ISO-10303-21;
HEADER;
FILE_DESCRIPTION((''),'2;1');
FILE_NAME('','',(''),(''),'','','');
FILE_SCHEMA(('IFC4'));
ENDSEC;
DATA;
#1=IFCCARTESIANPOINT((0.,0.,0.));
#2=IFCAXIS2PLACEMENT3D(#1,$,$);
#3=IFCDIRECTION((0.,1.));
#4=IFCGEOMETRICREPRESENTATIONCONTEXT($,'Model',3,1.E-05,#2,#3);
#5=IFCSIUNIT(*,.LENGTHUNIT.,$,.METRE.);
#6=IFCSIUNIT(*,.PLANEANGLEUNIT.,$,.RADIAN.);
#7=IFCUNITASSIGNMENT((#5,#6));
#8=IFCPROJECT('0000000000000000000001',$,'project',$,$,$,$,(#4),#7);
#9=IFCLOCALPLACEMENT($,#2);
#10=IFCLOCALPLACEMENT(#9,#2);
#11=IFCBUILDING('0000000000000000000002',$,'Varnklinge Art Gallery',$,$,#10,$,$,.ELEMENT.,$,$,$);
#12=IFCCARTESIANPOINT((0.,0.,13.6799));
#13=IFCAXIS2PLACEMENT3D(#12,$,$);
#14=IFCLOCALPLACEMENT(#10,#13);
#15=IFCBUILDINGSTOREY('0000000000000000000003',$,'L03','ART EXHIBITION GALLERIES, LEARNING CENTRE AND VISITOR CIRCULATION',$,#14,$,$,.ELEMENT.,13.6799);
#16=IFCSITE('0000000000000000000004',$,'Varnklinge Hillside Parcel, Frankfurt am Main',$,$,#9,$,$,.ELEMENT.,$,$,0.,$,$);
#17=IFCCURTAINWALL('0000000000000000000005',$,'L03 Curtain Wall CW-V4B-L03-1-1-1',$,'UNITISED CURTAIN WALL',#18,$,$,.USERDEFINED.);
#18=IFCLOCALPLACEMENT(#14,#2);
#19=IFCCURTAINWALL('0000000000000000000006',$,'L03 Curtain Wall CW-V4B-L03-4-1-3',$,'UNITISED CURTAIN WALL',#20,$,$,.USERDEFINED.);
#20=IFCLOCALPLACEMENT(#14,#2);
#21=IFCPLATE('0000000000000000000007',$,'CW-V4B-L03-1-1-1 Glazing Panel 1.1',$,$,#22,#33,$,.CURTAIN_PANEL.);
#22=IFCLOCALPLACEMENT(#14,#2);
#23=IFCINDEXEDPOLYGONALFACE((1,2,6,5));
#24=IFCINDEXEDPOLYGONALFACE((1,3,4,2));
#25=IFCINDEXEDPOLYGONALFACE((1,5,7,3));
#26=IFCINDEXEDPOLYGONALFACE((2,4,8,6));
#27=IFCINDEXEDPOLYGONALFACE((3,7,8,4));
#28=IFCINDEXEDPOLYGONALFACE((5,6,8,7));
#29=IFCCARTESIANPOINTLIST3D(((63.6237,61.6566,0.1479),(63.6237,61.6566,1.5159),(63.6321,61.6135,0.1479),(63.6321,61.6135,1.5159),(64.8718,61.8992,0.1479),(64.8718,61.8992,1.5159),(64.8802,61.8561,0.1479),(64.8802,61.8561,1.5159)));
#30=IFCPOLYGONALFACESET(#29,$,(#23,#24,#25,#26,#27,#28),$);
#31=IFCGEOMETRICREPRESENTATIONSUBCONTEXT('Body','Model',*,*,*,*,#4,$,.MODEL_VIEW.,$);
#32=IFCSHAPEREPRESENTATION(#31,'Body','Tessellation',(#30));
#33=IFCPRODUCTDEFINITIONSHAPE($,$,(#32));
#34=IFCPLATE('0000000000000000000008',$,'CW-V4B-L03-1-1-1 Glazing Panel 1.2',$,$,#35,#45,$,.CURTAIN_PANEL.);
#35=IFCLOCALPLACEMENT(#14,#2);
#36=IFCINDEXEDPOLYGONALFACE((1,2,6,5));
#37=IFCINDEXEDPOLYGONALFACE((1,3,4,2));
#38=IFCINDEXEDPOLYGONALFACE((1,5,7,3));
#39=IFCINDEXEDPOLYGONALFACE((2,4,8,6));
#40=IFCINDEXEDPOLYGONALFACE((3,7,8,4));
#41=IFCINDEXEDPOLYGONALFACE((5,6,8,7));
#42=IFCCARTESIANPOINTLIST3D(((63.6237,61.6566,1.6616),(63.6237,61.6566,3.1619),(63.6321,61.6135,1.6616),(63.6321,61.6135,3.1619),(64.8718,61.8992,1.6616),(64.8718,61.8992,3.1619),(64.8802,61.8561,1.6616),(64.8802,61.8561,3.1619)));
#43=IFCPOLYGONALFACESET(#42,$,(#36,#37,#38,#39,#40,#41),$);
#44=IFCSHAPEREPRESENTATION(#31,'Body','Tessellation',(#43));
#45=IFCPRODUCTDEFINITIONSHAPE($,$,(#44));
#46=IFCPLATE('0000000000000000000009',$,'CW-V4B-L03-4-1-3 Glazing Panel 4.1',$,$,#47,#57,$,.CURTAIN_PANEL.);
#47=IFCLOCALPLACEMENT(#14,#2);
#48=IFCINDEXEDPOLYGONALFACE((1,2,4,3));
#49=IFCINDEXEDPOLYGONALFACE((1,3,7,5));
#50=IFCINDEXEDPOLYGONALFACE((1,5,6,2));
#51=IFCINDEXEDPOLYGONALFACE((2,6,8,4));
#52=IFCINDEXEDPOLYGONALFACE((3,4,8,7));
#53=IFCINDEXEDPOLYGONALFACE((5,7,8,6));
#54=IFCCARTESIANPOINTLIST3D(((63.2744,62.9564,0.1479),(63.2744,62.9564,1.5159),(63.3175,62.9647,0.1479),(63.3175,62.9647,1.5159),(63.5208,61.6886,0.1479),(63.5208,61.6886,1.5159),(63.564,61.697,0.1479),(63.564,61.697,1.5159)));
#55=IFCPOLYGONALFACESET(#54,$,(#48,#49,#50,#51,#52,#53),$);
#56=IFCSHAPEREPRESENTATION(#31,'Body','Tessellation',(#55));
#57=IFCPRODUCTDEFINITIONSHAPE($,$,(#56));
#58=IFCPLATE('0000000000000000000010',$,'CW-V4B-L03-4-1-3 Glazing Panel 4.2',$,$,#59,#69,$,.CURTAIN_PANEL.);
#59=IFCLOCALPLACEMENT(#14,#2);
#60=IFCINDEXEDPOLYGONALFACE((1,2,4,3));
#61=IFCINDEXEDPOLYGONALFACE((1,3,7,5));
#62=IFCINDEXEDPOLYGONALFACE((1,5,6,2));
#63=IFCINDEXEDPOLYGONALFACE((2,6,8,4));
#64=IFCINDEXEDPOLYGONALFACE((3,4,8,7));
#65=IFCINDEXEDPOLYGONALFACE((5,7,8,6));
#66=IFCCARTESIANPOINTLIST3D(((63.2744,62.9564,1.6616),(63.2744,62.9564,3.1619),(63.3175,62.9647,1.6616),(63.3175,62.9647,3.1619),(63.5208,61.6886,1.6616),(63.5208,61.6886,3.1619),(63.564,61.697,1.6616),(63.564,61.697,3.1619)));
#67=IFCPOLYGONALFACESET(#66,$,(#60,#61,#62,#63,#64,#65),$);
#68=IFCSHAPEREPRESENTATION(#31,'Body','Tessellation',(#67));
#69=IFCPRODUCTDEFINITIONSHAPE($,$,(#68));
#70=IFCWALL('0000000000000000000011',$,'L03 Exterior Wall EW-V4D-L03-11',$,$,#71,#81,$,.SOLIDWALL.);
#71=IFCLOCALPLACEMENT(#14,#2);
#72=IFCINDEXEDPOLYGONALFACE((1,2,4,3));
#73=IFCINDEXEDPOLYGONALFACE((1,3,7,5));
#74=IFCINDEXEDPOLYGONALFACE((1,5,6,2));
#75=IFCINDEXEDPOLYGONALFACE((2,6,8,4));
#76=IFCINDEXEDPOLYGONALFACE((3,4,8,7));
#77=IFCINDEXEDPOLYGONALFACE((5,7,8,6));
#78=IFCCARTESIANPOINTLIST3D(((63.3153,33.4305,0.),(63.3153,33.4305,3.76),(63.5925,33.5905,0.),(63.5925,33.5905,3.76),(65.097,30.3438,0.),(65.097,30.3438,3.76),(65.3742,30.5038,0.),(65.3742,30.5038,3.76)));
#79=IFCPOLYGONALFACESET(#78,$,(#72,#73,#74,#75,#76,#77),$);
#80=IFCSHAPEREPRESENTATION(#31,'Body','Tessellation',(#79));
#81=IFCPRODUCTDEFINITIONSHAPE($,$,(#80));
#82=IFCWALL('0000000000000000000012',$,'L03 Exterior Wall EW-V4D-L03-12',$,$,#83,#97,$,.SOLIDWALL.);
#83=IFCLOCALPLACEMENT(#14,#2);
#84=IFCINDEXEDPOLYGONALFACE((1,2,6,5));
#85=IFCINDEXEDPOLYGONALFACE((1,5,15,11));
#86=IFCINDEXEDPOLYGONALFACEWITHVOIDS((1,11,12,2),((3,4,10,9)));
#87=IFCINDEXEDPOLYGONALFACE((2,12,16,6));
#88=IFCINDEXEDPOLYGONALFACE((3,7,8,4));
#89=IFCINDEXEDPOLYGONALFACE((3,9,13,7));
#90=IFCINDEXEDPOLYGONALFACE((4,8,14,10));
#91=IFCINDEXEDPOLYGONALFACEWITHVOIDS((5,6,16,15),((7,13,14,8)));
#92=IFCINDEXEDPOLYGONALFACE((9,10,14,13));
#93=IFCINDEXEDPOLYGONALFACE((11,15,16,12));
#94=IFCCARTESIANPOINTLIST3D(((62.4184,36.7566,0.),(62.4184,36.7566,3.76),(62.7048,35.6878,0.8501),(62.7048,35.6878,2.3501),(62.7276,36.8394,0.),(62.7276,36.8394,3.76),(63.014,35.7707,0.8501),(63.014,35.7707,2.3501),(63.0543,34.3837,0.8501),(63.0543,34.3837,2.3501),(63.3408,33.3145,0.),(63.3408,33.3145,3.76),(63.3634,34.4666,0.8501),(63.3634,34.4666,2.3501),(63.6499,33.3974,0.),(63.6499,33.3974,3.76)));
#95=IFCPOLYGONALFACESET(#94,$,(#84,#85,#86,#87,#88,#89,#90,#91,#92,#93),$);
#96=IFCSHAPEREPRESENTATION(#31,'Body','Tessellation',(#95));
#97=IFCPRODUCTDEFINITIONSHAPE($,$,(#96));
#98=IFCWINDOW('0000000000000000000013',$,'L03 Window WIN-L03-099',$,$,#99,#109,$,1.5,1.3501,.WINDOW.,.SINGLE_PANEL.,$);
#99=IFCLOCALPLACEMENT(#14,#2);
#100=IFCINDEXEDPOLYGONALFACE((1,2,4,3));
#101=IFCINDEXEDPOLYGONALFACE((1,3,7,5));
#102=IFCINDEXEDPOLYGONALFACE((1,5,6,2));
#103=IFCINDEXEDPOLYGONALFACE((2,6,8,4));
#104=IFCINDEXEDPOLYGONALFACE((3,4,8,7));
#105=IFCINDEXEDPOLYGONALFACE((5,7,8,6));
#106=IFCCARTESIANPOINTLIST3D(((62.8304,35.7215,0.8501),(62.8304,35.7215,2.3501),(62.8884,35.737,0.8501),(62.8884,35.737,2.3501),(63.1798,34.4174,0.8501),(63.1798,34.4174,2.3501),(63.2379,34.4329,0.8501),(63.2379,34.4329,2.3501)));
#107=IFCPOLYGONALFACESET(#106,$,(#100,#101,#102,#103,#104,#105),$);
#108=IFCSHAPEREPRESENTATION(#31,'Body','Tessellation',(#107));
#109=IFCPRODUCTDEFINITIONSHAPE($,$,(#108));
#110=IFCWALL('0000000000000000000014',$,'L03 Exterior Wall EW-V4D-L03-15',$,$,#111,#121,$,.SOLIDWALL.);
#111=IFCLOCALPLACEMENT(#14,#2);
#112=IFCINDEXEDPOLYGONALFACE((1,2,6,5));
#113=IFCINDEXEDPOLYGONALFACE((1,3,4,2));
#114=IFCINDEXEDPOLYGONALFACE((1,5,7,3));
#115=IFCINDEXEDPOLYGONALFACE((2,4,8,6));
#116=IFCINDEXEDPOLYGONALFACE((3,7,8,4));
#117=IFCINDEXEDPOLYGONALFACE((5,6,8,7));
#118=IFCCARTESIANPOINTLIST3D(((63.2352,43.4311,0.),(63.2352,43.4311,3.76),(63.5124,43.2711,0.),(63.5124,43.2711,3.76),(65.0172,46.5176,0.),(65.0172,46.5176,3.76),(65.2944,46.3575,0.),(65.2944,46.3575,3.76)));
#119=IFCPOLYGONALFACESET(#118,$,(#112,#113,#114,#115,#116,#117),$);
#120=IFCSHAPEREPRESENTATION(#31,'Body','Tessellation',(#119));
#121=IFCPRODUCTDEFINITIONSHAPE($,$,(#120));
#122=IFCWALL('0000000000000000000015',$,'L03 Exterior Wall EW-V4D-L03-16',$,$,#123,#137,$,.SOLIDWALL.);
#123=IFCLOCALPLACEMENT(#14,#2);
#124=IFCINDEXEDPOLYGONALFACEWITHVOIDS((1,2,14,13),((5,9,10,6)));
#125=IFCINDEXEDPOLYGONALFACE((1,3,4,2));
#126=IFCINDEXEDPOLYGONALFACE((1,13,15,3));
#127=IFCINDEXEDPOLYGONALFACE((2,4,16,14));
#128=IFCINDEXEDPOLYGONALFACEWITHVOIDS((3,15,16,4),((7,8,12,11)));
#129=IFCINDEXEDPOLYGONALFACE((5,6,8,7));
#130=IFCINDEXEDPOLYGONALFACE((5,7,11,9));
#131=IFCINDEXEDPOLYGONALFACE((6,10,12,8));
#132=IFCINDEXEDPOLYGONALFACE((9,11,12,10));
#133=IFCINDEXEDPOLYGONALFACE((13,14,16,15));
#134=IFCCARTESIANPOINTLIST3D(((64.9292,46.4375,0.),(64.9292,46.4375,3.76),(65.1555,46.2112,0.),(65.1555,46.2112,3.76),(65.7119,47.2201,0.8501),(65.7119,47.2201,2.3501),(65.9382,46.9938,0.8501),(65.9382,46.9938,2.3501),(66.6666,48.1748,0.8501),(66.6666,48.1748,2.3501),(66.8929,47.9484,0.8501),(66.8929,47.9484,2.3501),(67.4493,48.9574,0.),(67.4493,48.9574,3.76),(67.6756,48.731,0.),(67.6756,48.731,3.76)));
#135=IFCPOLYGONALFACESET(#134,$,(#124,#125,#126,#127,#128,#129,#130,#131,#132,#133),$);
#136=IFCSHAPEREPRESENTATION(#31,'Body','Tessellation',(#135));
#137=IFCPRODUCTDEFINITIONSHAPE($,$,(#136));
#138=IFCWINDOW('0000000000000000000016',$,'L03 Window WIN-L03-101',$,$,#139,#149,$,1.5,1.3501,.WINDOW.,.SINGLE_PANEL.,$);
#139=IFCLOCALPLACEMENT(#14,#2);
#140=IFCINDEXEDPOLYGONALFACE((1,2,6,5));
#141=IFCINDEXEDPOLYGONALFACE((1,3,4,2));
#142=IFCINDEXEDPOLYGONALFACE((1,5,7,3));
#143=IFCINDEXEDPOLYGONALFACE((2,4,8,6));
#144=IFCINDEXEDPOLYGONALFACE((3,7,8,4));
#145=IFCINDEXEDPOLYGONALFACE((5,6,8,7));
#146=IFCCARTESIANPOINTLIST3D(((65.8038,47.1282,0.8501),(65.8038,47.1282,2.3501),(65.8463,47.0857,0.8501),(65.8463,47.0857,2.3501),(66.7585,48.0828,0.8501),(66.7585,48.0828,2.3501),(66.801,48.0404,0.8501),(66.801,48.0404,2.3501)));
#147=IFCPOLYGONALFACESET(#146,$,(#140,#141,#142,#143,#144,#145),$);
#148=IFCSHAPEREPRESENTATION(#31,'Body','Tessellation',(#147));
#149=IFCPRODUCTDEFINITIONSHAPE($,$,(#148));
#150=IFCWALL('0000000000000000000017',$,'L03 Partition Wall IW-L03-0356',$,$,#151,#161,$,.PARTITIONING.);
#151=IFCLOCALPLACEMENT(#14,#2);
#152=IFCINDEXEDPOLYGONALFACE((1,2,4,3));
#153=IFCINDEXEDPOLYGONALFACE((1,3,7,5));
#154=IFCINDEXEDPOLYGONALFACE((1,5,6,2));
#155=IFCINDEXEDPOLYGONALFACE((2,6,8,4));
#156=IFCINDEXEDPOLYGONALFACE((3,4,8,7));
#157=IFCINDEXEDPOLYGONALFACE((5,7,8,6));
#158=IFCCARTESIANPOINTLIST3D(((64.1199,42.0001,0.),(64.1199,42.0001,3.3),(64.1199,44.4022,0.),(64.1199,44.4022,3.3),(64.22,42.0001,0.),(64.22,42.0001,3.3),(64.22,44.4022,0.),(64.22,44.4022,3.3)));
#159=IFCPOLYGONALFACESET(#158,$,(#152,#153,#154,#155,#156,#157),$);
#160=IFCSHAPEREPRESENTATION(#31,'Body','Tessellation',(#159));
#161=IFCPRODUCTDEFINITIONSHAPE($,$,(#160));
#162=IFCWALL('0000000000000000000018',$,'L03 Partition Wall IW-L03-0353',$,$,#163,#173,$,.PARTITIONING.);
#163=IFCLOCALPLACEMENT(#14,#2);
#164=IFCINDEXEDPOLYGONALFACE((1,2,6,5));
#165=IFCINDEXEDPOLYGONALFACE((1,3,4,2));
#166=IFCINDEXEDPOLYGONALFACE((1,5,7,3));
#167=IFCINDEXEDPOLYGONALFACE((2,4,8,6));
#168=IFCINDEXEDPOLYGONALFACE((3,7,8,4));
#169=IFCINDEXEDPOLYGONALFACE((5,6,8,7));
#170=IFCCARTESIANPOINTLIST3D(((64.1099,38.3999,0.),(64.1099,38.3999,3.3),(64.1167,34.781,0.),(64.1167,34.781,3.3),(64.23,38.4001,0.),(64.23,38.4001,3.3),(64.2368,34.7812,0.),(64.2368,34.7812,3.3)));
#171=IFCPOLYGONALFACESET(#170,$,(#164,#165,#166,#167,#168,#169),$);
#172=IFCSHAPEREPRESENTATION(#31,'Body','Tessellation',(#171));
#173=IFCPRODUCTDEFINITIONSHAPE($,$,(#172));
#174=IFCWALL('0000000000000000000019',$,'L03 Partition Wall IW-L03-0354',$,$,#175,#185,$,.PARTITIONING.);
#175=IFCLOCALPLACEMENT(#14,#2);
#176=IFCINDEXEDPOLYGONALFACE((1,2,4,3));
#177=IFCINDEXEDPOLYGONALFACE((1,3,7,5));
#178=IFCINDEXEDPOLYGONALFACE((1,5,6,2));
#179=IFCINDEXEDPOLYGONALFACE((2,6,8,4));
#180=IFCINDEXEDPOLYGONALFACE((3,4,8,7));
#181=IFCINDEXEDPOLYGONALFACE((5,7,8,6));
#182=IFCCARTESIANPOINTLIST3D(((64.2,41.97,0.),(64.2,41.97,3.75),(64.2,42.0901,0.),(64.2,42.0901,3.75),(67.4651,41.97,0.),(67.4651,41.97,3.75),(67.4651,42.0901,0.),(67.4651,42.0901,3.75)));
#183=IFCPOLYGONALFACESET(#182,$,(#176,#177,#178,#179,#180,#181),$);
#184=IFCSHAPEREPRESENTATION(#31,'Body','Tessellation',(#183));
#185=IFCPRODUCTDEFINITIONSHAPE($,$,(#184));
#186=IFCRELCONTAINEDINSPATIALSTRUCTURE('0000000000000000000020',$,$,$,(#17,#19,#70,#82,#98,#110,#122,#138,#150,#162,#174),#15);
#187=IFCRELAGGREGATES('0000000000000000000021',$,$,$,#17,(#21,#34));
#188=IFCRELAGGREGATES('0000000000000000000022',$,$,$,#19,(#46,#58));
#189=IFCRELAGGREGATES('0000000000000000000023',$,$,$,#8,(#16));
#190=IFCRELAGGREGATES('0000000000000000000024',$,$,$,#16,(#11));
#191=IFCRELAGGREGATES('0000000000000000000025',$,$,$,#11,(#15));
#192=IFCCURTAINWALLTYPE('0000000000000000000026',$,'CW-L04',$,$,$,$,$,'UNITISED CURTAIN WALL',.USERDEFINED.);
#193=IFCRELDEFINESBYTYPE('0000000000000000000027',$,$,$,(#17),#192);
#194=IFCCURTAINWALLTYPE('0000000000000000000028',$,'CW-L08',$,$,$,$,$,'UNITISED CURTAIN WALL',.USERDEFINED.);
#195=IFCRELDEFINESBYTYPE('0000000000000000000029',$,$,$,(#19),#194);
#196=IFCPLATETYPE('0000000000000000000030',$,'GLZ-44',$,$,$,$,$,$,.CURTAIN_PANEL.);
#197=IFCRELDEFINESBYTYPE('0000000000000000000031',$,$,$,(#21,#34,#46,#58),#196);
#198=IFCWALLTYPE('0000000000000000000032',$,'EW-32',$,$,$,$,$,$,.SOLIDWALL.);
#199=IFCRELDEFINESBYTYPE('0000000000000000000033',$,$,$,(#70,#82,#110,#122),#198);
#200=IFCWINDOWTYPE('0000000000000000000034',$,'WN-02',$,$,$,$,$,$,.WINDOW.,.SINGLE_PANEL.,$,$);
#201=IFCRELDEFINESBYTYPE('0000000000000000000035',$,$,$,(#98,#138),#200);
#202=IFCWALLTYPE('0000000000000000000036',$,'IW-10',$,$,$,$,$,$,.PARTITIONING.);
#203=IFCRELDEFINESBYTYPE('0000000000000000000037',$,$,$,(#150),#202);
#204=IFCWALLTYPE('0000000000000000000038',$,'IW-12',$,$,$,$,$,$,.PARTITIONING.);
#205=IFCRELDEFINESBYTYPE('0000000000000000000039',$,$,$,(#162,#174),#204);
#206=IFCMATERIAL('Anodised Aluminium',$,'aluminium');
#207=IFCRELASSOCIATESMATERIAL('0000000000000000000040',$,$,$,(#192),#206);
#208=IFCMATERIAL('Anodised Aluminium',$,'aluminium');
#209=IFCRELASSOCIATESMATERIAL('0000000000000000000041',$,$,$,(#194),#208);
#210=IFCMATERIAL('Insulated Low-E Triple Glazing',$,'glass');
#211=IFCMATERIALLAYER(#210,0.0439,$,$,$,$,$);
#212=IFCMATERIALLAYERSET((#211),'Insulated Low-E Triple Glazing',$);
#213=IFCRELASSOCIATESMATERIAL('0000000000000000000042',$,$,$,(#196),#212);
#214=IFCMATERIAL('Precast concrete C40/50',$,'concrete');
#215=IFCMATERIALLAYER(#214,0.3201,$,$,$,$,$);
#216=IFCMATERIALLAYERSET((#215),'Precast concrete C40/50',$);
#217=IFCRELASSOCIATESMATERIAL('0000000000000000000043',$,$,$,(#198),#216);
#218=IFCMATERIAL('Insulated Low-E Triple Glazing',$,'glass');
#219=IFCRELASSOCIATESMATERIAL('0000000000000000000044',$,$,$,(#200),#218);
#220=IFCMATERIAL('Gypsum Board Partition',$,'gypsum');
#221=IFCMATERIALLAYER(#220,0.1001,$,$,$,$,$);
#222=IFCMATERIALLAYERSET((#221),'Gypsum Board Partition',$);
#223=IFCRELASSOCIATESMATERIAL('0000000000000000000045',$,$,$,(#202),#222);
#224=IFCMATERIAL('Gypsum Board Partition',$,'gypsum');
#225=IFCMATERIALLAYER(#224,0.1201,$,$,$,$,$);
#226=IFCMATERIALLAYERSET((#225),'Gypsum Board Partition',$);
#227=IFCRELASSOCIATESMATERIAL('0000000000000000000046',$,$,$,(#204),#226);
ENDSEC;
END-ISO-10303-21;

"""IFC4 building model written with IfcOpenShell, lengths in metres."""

from ifc_helpers import new_model, si_unit, direction, frame, frame_2d, origin, origin_2d, place, context, subcontext, project, spatial, rectangle, extrude, material, layer, layer_set, type_object, element, fill, aggregate, save


model = new_model("IFC4")

# Units and contexts
model_context = context("Model", 3, precision=1e-05, world=origin(), true_north=direction((0.0, 1.0)))
body_context = subcontext(model_context, "Body", "Model", "MODEL_VIEW")
ifc_project = project(units=[si_unit("LENGTHUNIT", "METRE"), si_unit("PLANEANGLEUNIT", "RADIAN")], contexts=[model_context])

# Site, building, storey
site_placement = place(None, origin())
site = spatial("IfcSite", under=ifc_project, at=site_placement, Name="Varnklinge Hillside Parcel, Frankfurt am Main", CompositionType="ELEMENT", RefElevation=0.0)
building_placement = place(site_placement, origin())
building = spatial("IfcBuilding", under=site, at=building_placement, Name="Varnklinge Art Gallery", CompositionType="ELEMENT")
storey_placement = place(building_placement, frame((0.0, 0.0, 13.6799)))
storey = spatial("IfcBuildingStorey", under=building, at=storey_placement, Name="L03", Description="ART EXHIBITION GALLERIES, LEARNING CENTRE AND VISITOR CIRCULATION", CompositionType="ELEMENT", Elevation=13.6799)

# Curtain walls
ifc_material_1 = material(Name="Anodised Aluminium", Category="aluminium")
curtain_wall_type_1 = type_object("IfcCurtainWallType", Name="CW-L04", ElementType="UNITISED CURTAIN WALL", PredefinedType="USERDEFINED", material=ifc_material_1)
curtain_wall_1_placement = place(storey_placement, origin())
curtain_wall_1 = element("IfcCurtainWall", 1, at=curtain_wall_1_placement, inside=storey, type_object=curtain_wall_type_1, Name="L03 Curtain Wall CW-V4B-L03-1-1-1", ObjectType="UNITISED CURTAIN WALL", PredefinedType="USERDEFINED")
ifc_material_2 = material(Name="Anodised Aluminium", Category="aluminium")
curtain_wall_type_2 = type_object("IfcCurtainWallType", Name="CW-L08", ElementType="UNITISED CURTAIN WALL", PredefinedType="USERDEFINED", material=ifc_material_2)
curtain_wall_2_placement = place(storey_placement, origin())
curtain_wall_2 = element("IfcCurtainWall", 2, at=curtain_wall_2_placement, inside=storey, type_object=curtain_wall_type_2, Name="L03 Curtain Wall CW-V4B-L03-4-1-3", ObjectType="UNITISED CURTAIN WALL", PredefinedType="USERDEFINED")

# Plates
ifc_material_3 = material(Name="Insulated Low-E Triple Glazing", Category="glass")
ifc_layer_1 = layer(ifc_material_3, 0.0439)
ifc_layer_set_1 = layer_set([ifc_layer_1], Name="Insulated Low-E Triple Glazing")
plate_type = type_object("IfcPlateType", Name="GLZ-44", PredefinedType="CURTAIN_PANEL", material=ifc_layer_set_1)
plate_1_placement = place(storey_placement, frame((64.252, 61.7563, 0.1479), z_axis=(0.0, 0.0, 1.0), x_axis=(0.981627, 0.190809, 0.0)))
plate_1 = element("IfcPlate", 3, at=plate_1_placement, type_object=plate_type, Name="CW-V4B-L03-1-1-1 Glazing Panel 1.1", PredefinedType="CURTAIN_PANEL", context=body_context, shape_type="SweptSolid", body=[
    extrude(rectangle(XDim=1.2715, YDim=0.0439, at=origin_2d()), origin(), (0.0, 0.0, 1.0), 1.3679),
])
plate_2_placement = place(storey_placement, frame((64.252, 61.7563, 1.6616), z_axis=(0.0, 0.0, 1.0), x_axis=(0.981627, 0.190809, 0.0)))
plate_2 = element("IfcPlate", 4, at=plate_2_placement, type_object=plate_type, Name="CW-V4B-L03-1-1-1 Glazing Panel 1.2", PredefinedType="CURTAIN_PANEL", context=body_context, shape_type="SweptSolid", body=[
    extrude(rectangle(XDim=1.2715, YDim=0.0439, at=origin_2d()), origin(), (0.0, 0.0, 1.0), 1.5002),
])
aggregate(curtain_wall_1, [plate_1, plate_2])
plate_3_placement = place(storey_placement, frame((63.4192, 62.3267, 0.1479), z_axis=(0.0, 0.0, 1.0), x_axis=(0.190809, -0.981627, 0.0)))
plate_3 = element("IfcPlate", 5, at=plate_3_placement, type_object=plate_type, Name="CW-V4B-L03-4-1-3 Glazing Panel 4.1", PredefinedType="CURTAIN_PANEL", context=body_context, shape_type="SweptSolid", body=[
    extrude(rectangle(XDim=1.2915, YDim=0.0439, at=origin_2d()), origin(), (0.0, 0.0, 1.0), 1.3679),
])
plate_4_placement = place(storey_placement, frame((63.4192, 62.3267, 1.6616), z_axis=(0.0, 0.0, 1.0), x_axis=(0.190809, -0.981627, 0.0)))
plate_4 = element("IfcPlate", 6, at=plate_4_placement, type_object=plate_type, Name="CW-V4B-L03-4-1-3 Glazing Panel 4.2", PredefinedType="CURTAIN_PANEL", context=body_context, shape_type="SweptSolid", body=[
    extrude(rectangle(XDim=1.2915, YDim=0.0439, at=origin_2d()), origin(), (0.0, 0.0, 1.0), 1.5002),
])
aggregate(curtain_wall_2, [plate_3, plate_4])

# Wall
ifc_material_4 = material(Name="Precast concrete C40/50", Category="concrete")
ifc_layer_2 = layer(ifc_material_4, 0.3201)
ifc_layer_set_2 = layer_set([ifc_layer_2], Name="Precast concrete C40/50")
wall_type_1 = type_object("IfcWallType", Name="EW-32", PredefinedType="SOLIDWALL", material=ifc_layer_set_2)
wall_1_placement = place(storey_placement, frame((65.2356, 30.4238, 0.0), z_axis=(0.0, 0.0, 1.0), x_axis=(-0.499926, 0.866068, 0.0)))
element("IfcWall", 7, at=wall_1_placement, inside=storey, type_object=wall_type_1, Name="L03 Exterior Wall EW-V4D-L03-11", PredefinedType="SOLIDWALL", context=body_context, shape_type="SweptSolid", body=[
    extrude(rectangle(XDim=3.564, YDim=0.3201, at=frame_2d((1.782, 0.0))), origin(), (0.0, 0.0, 1.0), 3.76),
])

# Wall, opening, window
wall_2_placement = place(storey_placement, frame((63.4954, 33.356, 0.0), z_axis=(0.0, 0.0, 1.0), x_axis=(-0.258831, 0.965923, 0.0)))
wall_2 = element("IfcWall", 8, at=wall_2_placement, inside=storey, type_object=wall_type_1, Name="L03 Exterior Wall EW-V4D-L03-12", PredefinedType="SOLIDWALL", context=body_context, shape_type="SweptSolid", body=[
    extrude(rectangle(XDim=3.5635, YDim=0.3201, at=frame_2d((1.7817, 0.0))), origin(), (0.0, 0.0, 1.0), 3.76),
])
opening_1_placement = place(wall_2_placement, frame((1.1069, 0.0, 0.8501)))
opening_1 = element("IfcOpeningElement", 9, at=opening_1_placement, cuts=wall_2, PredefinedType="OPENING", context=body_context, shape_type="SweptSolid", body=[
    extrude(rectangle(XDim=1.3501, YDim=1.5, at=frame_2d((0.675, 0.75))), frame((0.0, 0.1702, 0.0), z_axis=(0.0, -1.0, 0.0), x_axis=(1.0, 0.0, 0.0)), (0.0, 0.0, 1.0), 0.3401),
])
ifc_material_5 = material(Name="Insulated Low-E Triple Glazing", Category="glass")
window_type = type_object("IfcWindowType", Name="WN-02", PartitioningType="SINGLE_PANEL", PredefinedType="WINDOW", material=ifc_material_5)
window_1_placement = place(opening_1_placement, origin())
window_1 = element("IfcWindow", 10, at=window_1_placement, inside=storey, type_object=window_type, Name="L03 Window WIN-L03-099", OverallHeight=1.5, OverallWidth=1.3501, PartitioningType="SINGLE_PANEL", PredefinedType="WINDOW", context=body_context, shape_type="SweptSolid", body=[
    extrude(rectangle(XDim=1.3501, YDim=1.5, at=frame_2d((0.675, 0.75))), frame((0.0, 0.03, 0.0), z_axis=(0.0, -1.0, 0.0), x_axis=(1.0, 0.0, 0.0)), (0.0, 0.0, 1.0), 0.0601),
])
fill(opening_1, window_1)

# Wall
wall_3_placement = place(storey_placement, frame((63.3738, 43.3511, 0.0), z_axis=(0.0, 0.0, 1.0), x_axis=(0.500007, 0.866021, 0.0)))
element("IfcWall", 11, at=wall_3_placement, inside=storey, type_object=wall_type_1, Name="L03 Exterior Wall EW-V4D-L03-15", PredefinedType="SOLIDWALL", context=body_context, shape_type="SweptSolid", body=[
    extrude(rectangle(XDim=3.564, YDim=0.3201, at=frame_2d((1.782, 0.0))), origin(), (0.0, 0.0, 1.0), 3.76),
])

# Wall, opening, window
wall_4_placement = place(storey_placement, frame((65.0425, 46.3245, 0.0), z_axis=(0.0, 0.0, 1.0), x_axis=(0.707141, 0.707073, 0.0)))
wall_4 = element("IfcWall", 12, at=wall_4_placement, inside=storey, type_object=wall_type_1, Name="L03 Exterior Wall EW-V4D-L03-16", PredefinedType="SOLIDWALL", context=body_context, shape_type="SweptSolid", body=[
    extrude(rectangle(XDim=3.5637, YDim=0.3201, at=frame_2d((1.7817, 0.0))), origin(), (0.0, 0.0, 1.0), 3.76),
])
opening_2_placement = place(wall_4_placement, frame((1.1067, 0.0, 0.8501)))
opening_2 = element("IfcOpeningElement", 13, at=opening_2_placement, cuts=wall_4, PredefinedType="OPENING", context=body_context, shape_type="SweptSolid", body=[
    extrude(rectangle(XDim=1.3501, YDim=1.5, at=frame_2d((0.675, 0.75))), frame((0.0, 0.1702, 0.0), z_axis=(0.0, -1.0, 0.0), x_axis=(1.0, 0.0, 0.0)), (0.0, 0.0, 1.0), 0.3401),
])
window_2_placement = place(opening_2_placement, origin())
window_2 = element("IfcWindow", 14, at=window_2_placement, inside=storey, type_object=window_type, Name="L03 Window WIN-L03-101", OverallHeight=1.5, OverallWidth=1.3501, PartitioningType="SINGLE_PANEL", PredefinedType="WINDOW", context=body_context, shape_type="SweptSolid", body=[
    extrude(rectangle(XDim=1.3501, YDim=1.5, at=frame_2d((0.675, 0.75))), frame((0.0, 0.03, 0.0), z_axis=(0.0, -1.0, 0.0), x_axis=(1.0, 0.0, 0.0)), (0.0, 0.0, 1.0), 0.0601),
])
fill(opening_2, window_2)

# Walls
ifc_material_6 = material(Name="Gypsum Board Partition", Category="gypsum")
ifc_layer_3 = layer(ifc_material_6, 0.1001)
ifc_layer_set_3 = layer_set([ifc_layer_3], Name="Gypsum Board Partition")
wall_type_2 = type_object("IfcWallType", Name="IW-10", PredefinedType="PARTITIONING", material=ifc_layer_set_3)
wall_5_placement = place(storey_placement, frame((64.1699, 42.0, 0.0), z_axis=(0.0, 0.0, 1.0), x_axis=(0.0, 1.0, 0.0)))
element("IfcWall", 15, at=wall_5_placement, inside=storey, type_object=wall_type_2, Name="L03 Partition Wall IW-L03-0356", PredefinedType="PARTITIONING", context=body_context, shape_type="SweptSolid", body=[
    extrude(rectangle(XDim=2.4021, YDim=0.1001, at=frame_2d((1.2012, 0.0))), origin(), (0.0, 0.0, 1.0), 3.3),
])
ifc_material_7 = material(Name="Gypsum Board Partition", Category="gypsum")
ifc_layer_4 = layer(ifc_material_7, 0.1201)
ifc_layer_set_4 = layer_set([ifc_layer_4], Name="Gypsum Board Partition")
wall_type_3 = type_object("IfcWallType", Name="IW-12", PredefinedType="PARTITIONING", material=ifc_layer_set_4)
wall_6_placement = place(storey_placement, frame((64.1768, 34.781, 0.0), z_axis=(0.0, 0.0, 1.0), x_axis=(-0.001889, 0.999998, 0.0)))
element("IfcWall", 16, at=wall_6_placement, inside=storey, type_object=wall_type_3, Name="L03 Partition Wall IW-L03-0353", PredefinedType="PARTITIONING", context=body_context, shape_type="SweptSolid", body=[
    extrude(rectangle(XDim=3.6189, YDim=0.1201, at=frame_2d((1.8096, 0.0))), origin(), (0.0, 0.0, 1.0), 3.3),
])
wall_7_placement = place(storey_placement, frame((64.2, 42.03, 0.0), z_axis=(0.0, 0.0, 1.0), x_axis=(1.0, 0.0, 0.0)))
element("IfcWall", 17, at=wall_7_placement, inside=storey, type_object=wall_type_3, Name="L03 Partition Wall IW-L03-0354", PredefinedType="PARTITIONING", context=body_context, shape_type="SweptSolid", body=[
    extrude(rectangle(XDim=3.2651, YDim=0.1201, at=frame_2d((1.6326, 0.0))), origin(), (0.0, 0.0, 1.0), 3.75),
])

save(model, "model.ifc")
